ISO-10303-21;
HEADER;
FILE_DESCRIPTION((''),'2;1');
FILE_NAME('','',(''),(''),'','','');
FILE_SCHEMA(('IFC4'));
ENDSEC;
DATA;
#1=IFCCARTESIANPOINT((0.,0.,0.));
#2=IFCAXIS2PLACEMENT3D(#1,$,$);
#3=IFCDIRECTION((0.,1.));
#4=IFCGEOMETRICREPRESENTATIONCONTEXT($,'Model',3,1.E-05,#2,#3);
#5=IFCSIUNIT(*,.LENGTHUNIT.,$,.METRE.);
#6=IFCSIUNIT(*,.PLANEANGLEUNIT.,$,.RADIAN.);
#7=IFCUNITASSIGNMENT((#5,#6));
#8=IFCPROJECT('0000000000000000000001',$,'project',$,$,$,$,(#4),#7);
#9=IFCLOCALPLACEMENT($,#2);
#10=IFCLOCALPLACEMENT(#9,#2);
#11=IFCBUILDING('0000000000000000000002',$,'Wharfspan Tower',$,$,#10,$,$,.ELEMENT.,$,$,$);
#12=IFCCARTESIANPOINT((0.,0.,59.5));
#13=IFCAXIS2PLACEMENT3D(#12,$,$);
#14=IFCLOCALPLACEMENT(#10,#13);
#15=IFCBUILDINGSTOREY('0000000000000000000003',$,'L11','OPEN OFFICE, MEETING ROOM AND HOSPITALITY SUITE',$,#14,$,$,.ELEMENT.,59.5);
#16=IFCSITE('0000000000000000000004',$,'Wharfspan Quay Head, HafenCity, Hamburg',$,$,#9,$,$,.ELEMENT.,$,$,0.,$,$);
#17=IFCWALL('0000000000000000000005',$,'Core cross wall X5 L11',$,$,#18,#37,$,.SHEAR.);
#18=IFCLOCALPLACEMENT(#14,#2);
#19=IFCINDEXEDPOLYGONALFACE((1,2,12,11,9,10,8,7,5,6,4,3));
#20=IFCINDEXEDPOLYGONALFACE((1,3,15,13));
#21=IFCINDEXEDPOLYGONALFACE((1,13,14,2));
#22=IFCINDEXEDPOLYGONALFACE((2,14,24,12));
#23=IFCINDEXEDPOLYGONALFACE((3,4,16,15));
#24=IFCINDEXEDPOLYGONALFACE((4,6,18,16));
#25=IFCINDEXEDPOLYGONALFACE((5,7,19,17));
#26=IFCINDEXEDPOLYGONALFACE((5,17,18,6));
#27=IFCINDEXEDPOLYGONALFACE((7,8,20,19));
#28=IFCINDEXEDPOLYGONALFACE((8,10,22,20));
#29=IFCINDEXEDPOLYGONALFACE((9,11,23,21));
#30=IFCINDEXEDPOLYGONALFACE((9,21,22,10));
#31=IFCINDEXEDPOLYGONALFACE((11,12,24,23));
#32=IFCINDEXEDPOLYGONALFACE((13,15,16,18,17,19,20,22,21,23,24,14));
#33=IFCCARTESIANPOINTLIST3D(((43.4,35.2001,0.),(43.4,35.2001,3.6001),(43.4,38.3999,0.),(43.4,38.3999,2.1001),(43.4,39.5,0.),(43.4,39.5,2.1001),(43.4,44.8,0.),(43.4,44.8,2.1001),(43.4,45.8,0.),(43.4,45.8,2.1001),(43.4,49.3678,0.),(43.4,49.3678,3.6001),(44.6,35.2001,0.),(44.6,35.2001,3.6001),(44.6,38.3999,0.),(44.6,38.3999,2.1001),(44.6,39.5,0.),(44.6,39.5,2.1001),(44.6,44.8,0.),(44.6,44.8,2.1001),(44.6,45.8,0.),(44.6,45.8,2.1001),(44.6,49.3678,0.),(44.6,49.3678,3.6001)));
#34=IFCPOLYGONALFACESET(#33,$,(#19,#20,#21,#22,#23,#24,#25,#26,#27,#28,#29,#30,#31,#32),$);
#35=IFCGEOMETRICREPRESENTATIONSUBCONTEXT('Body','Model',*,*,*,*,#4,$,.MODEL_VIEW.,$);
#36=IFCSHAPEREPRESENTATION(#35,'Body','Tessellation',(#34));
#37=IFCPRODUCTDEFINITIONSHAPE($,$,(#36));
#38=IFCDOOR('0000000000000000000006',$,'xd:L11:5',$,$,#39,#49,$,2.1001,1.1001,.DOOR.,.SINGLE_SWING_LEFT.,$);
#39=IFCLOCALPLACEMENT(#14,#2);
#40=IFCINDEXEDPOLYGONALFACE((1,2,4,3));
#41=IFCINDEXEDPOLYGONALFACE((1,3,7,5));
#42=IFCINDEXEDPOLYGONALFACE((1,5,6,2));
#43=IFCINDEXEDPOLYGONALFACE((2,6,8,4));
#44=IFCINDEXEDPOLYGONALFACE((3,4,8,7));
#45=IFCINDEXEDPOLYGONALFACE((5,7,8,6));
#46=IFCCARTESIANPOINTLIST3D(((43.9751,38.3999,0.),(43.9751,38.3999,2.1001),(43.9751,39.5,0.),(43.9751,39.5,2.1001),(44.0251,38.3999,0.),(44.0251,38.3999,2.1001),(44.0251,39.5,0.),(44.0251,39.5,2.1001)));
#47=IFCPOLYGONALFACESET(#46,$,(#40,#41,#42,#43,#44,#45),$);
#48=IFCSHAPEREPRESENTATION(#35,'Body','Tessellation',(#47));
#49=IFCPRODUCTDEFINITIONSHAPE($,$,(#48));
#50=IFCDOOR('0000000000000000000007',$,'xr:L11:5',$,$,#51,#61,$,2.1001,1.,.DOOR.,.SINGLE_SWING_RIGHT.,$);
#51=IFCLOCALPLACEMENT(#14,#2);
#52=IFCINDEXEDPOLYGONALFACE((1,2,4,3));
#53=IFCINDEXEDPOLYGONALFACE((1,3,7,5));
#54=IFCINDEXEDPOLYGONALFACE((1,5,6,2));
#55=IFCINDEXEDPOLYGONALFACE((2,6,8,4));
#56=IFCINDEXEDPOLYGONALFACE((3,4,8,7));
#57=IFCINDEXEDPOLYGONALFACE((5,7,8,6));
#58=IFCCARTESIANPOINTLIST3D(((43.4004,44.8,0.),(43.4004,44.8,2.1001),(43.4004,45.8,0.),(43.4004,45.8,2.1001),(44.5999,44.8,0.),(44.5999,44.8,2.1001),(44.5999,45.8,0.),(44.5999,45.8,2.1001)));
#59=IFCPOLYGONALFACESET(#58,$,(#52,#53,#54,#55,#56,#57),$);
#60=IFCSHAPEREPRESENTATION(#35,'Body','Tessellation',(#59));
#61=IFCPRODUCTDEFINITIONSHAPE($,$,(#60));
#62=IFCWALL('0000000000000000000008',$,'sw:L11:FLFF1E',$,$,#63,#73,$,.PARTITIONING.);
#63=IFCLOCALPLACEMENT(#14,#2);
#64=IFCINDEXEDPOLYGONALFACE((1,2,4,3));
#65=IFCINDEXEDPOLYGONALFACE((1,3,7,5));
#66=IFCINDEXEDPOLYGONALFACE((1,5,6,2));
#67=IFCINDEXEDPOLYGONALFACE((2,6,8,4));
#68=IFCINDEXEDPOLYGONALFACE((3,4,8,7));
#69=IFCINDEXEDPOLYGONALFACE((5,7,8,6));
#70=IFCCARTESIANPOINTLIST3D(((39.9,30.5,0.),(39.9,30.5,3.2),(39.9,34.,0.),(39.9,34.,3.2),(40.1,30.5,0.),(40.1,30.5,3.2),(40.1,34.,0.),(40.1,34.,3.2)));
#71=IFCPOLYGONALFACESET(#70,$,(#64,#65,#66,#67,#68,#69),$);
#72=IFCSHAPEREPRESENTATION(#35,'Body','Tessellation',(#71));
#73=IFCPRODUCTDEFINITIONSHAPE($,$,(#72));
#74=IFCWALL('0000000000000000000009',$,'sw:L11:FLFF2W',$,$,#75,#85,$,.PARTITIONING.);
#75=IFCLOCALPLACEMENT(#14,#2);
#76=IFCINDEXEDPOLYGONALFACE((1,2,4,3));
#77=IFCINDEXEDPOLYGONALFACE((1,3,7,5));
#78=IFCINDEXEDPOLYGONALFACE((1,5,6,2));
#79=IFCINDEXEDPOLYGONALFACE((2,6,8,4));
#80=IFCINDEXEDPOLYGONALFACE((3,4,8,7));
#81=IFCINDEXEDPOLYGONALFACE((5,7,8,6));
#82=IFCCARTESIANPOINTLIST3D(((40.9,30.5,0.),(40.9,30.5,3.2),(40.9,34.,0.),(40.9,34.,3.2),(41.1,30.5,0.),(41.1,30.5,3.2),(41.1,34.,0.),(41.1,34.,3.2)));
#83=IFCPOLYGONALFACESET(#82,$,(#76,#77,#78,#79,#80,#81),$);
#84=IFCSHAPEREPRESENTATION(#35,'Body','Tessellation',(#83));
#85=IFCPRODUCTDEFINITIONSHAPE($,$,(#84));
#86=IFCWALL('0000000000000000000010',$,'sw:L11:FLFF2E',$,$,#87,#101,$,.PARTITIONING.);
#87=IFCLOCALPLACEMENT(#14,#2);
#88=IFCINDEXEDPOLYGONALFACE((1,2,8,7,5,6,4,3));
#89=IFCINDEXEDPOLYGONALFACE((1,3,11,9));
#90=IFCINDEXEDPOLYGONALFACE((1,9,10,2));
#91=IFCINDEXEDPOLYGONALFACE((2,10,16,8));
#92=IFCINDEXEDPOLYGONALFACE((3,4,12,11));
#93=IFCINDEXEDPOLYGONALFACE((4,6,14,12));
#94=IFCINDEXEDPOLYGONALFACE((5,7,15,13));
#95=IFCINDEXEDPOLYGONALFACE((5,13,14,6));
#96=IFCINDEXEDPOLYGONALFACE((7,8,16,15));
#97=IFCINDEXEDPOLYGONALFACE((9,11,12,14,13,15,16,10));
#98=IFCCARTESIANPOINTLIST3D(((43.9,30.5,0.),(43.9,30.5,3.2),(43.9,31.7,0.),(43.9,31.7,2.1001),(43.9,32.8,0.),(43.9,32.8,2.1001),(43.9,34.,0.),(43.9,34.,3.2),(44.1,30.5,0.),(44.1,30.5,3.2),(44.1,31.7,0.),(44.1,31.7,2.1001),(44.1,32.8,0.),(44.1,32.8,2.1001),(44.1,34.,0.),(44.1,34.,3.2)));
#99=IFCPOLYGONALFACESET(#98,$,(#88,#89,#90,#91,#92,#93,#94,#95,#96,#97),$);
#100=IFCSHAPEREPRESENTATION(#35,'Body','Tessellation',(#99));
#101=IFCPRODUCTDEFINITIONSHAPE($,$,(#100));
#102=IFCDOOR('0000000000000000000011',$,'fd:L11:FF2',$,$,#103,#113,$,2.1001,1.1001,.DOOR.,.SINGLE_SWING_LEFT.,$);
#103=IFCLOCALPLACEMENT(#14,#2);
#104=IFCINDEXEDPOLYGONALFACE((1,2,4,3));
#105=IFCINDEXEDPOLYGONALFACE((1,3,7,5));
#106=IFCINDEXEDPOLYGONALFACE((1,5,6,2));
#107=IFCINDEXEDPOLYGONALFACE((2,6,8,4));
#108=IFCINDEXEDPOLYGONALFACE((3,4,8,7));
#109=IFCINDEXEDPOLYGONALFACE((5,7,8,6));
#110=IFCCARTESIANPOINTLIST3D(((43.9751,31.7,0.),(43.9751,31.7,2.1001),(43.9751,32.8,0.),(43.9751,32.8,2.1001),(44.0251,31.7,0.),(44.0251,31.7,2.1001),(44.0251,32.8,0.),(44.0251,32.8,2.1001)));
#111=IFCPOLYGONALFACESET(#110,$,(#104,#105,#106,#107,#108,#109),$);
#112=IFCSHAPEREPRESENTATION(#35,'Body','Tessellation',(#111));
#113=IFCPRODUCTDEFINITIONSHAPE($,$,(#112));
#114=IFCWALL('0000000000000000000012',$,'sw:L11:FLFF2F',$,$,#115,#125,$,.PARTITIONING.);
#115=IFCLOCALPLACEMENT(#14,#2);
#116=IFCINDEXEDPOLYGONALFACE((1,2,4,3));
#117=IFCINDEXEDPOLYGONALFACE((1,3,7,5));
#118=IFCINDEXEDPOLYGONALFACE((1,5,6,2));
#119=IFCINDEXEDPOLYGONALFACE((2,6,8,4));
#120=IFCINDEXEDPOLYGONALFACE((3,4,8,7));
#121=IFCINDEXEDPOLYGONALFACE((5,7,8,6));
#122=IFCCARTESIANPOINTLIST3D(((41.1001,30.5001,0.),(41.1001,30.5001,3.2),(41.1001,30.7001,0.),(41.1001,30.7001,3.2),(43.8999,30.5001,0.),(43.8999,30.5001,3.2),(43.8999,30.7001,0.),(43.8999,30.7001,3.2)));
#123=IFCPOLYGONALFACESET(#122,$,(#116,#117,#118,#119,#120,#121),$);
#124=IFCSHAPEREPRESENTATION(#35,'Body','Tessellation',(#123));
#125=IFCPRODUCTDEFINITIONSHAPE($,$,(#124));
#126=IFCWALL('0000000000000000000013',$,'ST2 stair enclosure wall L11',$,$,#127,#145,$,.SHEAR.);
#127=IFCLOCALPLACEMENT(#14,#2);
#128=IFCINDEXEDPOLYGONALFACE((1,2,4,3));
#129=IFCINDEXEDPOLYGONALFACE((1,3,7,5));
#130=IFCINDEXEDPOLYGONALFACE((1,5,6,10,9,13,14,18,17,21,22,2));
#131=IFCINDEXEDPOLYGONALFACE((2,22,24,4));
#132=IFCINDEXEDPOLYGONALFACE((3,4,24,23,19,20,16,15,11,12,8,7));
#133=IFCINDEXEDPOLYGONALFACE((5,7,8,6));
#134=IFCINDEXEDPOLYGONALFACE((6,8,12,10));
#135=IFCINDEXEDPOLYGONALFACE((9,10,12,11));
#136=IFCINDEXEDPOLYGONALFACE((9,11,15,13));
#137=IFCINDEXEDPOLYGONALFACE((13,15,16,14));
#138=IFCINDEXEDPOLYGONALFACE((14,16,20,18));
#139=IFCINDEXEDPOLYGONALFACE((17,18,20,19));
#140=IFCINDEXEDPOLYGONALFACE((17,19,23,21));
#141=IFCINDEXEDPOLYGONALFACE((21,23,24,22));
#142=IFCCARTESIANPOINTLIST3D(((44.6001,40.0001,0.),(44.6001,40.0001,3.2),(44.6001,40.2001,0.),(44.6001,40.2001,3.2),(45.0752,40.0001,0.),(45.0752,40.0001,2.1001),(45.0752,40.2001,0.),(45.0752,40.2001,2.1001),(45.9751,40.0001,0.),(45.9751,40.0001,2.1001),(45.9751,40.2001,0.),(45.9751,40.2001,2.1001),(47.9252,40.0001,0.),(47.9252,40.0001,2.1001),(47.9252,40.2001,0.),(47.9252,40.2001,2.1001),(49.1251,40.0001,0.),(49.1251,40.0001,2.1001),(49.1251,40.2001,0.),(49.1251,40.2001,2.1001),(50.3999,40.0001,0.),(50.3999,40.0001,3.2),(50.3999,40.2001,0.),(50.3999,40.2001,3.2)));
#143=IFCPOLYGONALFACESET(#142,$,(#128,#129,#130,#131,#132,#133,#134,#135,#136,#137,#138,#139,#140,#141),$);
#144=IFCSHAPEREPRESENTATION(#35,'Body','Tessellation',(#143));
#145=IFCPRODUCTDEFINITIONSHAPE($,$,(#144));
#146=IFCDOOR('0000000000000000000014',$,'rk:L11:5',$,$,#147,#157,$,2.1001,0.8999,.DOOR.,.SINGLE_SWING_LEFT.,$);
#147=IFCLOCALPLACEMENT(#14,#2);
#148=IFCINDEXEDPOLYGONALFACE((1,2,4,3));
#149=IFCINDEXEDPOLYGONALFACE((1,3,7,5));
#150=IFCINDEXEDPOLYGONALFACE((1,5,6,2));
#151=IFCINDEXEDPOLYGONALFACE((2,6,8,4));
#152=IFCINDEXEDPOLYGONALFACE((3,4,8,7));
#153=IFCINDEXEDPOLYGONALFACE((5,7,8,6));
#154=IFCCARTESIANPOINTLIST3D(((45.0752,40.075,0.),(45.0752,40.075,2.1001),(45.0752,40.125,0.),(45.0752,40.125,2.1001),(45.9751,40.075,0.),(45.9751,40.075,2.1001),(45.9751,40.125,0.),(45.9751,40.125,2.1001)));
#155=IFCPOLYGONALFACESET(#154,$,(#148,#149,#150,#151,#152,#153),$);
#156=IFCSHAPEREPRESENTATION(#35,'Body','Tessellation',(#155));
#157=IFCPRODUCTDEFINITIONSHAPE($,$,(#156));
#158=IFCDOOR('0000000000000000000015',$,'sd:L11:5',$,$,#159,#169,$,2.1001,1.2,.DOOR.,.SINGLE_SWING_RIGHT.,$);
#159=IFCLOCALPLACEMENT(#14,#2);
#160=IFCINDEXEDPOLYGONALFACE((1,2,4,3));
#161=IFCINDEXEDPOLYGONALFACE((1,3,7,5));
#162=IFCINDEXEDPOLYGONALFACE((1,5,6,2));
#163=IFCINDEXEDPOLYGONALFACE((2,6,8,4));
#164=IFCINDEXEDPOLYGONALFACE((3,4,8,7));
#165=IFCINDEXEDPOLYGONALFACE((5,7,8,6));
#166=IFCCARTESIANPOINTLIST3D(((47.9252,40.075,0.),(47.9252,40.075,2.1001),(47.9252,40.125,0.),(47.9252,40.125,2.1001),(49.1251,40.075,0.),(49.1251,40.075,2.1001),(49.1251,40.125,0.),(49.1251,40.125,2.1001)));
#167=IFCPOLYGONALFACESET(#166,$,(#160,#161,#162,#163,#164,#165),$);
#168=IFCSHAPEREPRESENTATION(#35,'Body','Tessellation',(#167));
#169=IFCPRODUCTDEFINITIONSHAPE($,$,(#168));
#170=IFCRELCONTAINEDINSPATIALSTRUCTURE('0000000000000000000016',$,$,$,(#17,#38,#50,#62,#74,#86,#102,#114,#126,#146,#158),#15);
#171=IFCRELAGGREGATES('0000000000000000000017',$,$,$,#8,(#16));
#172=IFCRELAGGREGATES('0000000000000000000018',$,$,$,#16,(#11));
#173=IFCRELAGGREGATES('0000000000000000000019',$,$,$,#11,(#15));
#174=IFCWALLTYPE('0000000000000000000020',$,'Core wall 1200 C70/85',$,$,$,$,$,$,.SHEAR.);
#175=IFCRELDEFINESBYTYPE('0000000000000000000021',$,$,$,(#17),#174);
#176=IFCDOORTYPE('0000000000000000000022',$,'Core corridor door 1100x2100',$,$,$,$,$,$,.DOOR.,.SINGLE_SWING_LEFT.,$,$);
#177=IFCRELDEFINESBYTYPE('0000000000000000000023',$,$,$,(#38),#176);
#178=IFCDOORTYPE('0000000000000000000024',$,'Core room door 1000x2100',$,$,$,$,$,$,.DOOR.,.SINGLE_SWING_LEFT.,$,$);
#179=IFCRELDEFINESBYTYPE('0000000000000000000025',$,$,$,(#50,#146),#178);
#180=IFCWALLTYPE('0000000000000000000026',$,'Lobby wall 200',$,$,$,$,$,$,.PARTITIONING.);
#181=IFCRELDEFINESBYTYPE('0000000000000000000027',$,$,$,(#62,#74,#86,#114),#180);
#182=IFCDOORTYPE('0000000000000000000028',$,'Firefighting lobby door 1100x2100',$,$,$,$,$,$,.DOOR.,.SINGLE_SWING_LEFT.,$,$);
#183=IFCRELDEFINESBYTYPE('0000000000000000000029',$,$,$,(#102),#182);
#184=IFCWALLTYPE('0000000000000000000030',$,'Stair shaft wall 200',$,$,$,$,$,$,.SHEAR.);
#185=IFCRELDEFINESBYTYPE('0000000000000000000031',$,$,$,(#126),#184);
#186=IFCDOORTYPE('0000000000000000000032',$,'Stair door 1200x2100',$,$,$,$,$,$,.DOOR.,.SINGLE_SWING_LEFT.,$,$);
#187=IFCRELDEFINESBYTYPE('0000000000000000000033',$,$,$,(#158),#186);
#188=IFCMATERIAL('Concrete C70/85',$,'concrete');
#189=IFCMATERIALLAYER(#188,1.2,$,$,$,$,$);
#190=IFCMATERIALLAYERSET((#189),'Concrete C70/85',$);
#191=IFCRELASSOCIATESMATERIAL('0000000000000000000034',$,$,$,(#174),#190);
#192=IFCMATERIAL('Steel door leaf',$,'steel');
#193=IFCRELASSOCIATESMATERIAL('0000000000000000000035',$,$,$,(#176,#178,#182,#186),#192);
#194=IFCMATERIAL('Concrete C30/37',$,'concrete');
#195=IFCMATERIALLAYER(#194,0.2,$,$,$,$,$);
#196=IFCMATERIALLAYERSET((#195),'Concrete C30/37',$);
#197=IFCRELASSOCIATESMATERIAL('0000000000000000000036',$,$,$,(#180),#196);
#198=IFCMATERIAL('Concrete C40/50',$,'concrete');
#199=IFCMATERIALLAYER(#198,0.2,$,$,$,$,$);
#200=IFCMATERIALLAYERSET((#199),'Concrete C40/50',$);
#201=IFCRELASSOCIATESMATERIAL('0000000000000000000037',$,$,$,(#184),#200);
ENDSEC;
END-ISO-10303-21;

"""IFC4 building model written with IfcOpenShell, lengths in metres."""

from ifc_helpers import new_model, si_unit, direction, frame, frame_2d, origin, place, context, subcontext, project, spatial, rectangle, extrude, material, layer, layer_set, type_object, element, fill, save


model = new_model("IFC4")

# Units and contexts
model_context = context("Model", 3, precision=1e-05, world=origin(), true_north=direction((0.0, 1.0)))
body_context = subcontext(model_context, "Body", "Model", "MODEL_VIEW")
ifc_project = project(units=[si_unit("LENGTHUNIT", "METRE"), si_unit("PLANEANGLEUNIT", "RADIAN")], contexts=[model_context])

# Site, building, storey
site_placement = place(None, origin())
site = spatial("IfcSite", under=ifc_project, at=site_placement, Name="Wharfspan Quay Head, HafenCity, Hamburg", CompositionType="ELEMENT", RefElevation=0.0)
building_placement = place(site_placement, origin())
building = spatial("IfcBuilding", under=site, at=building_placement, Name="Wharfspan Tower", CompositionType="ELEMENT")
storey_placement = place(building_placement, frame((0.0, 0.0, 59.5)))
storey = spatial("IfcBuildingStorey", under=building, at=storey_placement, Name="L11", Description="OPEN OFFICE, MEETING ROOM AND HOSPITALITY SUITE", CompositionType="ELEMENT", Elevation=59.5)

# Wall, openings, doors
ifc_material_1 = material(Name="Concrete C70/85", Category="concrete")
ifc_layer_1 = layer(ifc_material_1, 1.2)
ifc_layer_set_1 = layer_set([ifc_layer_1], Name="Concrete C70/85")
wall_type_1 = type_object("IfcWallType", Name="Core wall 1200 C70/85", PredefinedType="SHEAR", material=ifc_layer_set_1)
wall_1_placement = place(storey_placement, frame((44.0, 35.2, 0.0), z_axis=(0.0, 0.0, 1.0), x_axis=(0.0, 1.0, 0.0)))
wall_1 = element("IfcWall", 1, at=wall_1_placement, inside=storey, type_object=wall_type_1, Name="Core cross wall X5 L11", PredefinedType="SHEAR", context=body_context, shape_type="SweptSolid", body=[
    extrude(rectangle(XDim=14.1677, YDim=1.2, at=frame_2d((7.084, 0.0))), origin(), (0.0, 0.0, 1.0), 3.6001),
])
opening_1_placement = place(wall_1_placement, frame((3.2, 0.0, 0.0)))
opening_1 = element("IfcOpeningElement", 2, at=opening_1_placement, cuts=wall_1, PredefinedType="OPENING", context=body_context, shape_type="SweptSolid", body=[
    extrude(rectangle(XDim=1.1001, YDim=2.1001, at=frame_2d((0.55, 1.05))), frame((0.0, 0.6099, 0.0), z_axis=(0.0, -1.0, 0.0), x_axis=(1.0, 0.0, 0.0)), (0.0, 0.0, 1.0), 1.22),
])
opening_2_placement = place(wall_1_placement, frame((9.6001, 0.0, 0.0)))
opening_2 = element("IfcOpeningElement", 3, at=opening_2_placement, cuts=wall_1, PredefinedType="OPENING", context=body_context, shape_type="SweptSolid", body=[
    extrude(rectangle(XDim=1.0, YDim=2.1001, at=frame_2d((0.5, 1.05))), frame((0.0, 0.6099, 0.0), z_axis=(0.0, -1.0, 0.0), x_axis=(1.0, 0.0, 0.0)), (0.0, 0.0, 1.0), 1.22),
])
ifc_material_2 = material(Name="Steel door leaf", Category="steel")
door_type_1 = type_object("IfcDoorType", Name="Core corridor door 1100x2100", OperationType="SINGLE_SWING_LEFT", PredefinedType="DOOR", material=ifc_material_2)
door_1_placement = place(opening_1_placement, origin())
door_1 = element("IfcDoor", 4, at=door_1_placement, inside=storey, type_object=door_type_1, Name="xd:L11:5", OperationType="SINGLE_SWING_LEFT", OverallHeight=2.1001, OverallWidth=1.1001, PredefinedType="DOOR", context=body_context, shape_type="SweptSolid", body=[
    extrude(rectangle(XDim=1.1001, YDim=2.1001, at=frame_2d((0.55, 1.05))), frame((0.0, 0.0249, 0.0), z_axis=(0.0, -1.0, 0.0), x_axis=(1.0, 0.0, 0.0)), (0.0, 0.0, 1.0), 0.05),
])
fill(opening_1, door_1)
door_type_2 = type_object("IfcDoorType", Name="Core room door 1000x2100", OperationType="SINGLE_SWING_LEFT", PredefinedType="DOOR", material=ifc_material_2)
door_2_placement = place(opening_2_placement, origin())
door_2 = element("IfcDoor", 5, at=door_2_placement, inside=storey, type_object=door_type_2, Name="xr:L11:5", OperationType="SINGLE_SWING_RIGHT", OverallHeight=2.1001, OverallWidth=1.0, PredefinedType="DOOR", context=body_context, shape_type="SweptSolid", body=[
    extrude(rectangle(XDim=1.0, YDim=2.1001, at=frame_2d((0.5, 1.05))), frame((0.0, 0.5996, 0.0), z_axis=(0.0, -1.0, 0.0), x_axis=(1.0, 0.0, 0.0)), (0.0, 0.0, 1.0), 1.1995),
])
fill(opening_2, door_2)

# Walls
ifc_material_3 = material(Name="Concrete C30/37", Category="concrete")
ifc_layer_2 = layer(ifc_material_3, 0.2)
ifc_layer_set_2 = layer_set([ifc_layer_2], Name="Concrete C30/37")
wall_type_2 = type_object("IfcWallType", Name="Lobby wall 200", PredefinedType="PARTITIONING", material=ifc_layer_set_2)
for number, where, z_axis, x_axis, name in (
    (6, (40.0, 30.5, 0.0), (0.0, 0.0, 1.0), (0.0, 1.0, 0.0), "sw:L11:FLFF1E"),
    (7, (41.0, 30.5, 0.0), (0.0, 0.0, 1.0), (0.0, 1.0, 0.0), "sw:L11:FLFF2W"),
):
    element("IfcWall", number, at=place(storey_placement, frame(where, z_axis=z_axis, x_axis=x_axis)), inside=storey, type_object=wall_type_2, Name=name, PredefinedType="PARTITIONING", context=body_context, shape_type="SweptSolid", body=[
        extrude(rectangle(XDim=3.5, YDim=0.2, at=frame_2d((1.75, 0.0))), origin(), (0.0, 0.0, 1.0), 3.2),
    ])

# Wall, opening, door
wall_2_placement = place(storey_placement, frame((44.0, 30.5, 0.0), z_axis=(0.0, 0.0, 1.0), x_axis=(0.0, 1.0, 0.0)))
wall_2 = element("IfcWall", 8, at=wall_2_placement, inside=storey, type_object=wall_type_2, Name="sw:L11:FLFF2E", PredefinedType="PARTITIONING", context=body_context, shape_type="SweptSolid", body=[
    extrude(rectangle(XDim=3.5, YDim=0.2, at=frame_2d((1.75, 0.0))), origin(), (0.0, 0.0, 1.0), 3.2),
])
opening_3_placement = place(wall_2_placement, frame((1.2, 0.0, 0.0)))
opening_3 = element("IfcOpeningElement", 9, at=opening_3_placement, cuts=wall_2, PredefinedType="OPENING", context=body_context, shape_type="SweptSolid", body=[
    extrude(rectangle(XDim=1.1001, YDim=2.1001, at=frame_2d((0.55, 1.05))), frame((0.0, 0.1099, 0.0), z_axis=(0.0, -1.0, 0.0), x_axis=(1.0, 0.0, 0.0)), (0.0, 0.0, 1.0), 0.22),
])
door_type_3 = type_object("IfcDoorType", Name="Firefighting lobby door 1100x2100", OperationType="SINGLE_SWING_LEFT", PredefinedType="DOOR", material=ifc_material_2)
door_3_placement = place(opening_3_placement, origin())
door_3 = element("IfcDoor", 10, at=door_3_placement, inside=storey, type_object=door_type_3, Name="fd:L11:FF2", OperationType="SINGLE_SWING_LEFT", OverallHeight=2.1001, OverallWidth=1.1001, PredefinedType="DOOR", context=body_context, shape_type="SweptSolid", body=[
    extrude(rectangle(XDim=1.1001, YDim=2.1001, at=frame_2d((0.55, 1.05))), frame((0.0, 0.0249, 0.0), z_axis=(0.0, -1.0, 0.0), x_axis=(1.0, 0.0, 0.0)), (0.0, 0.0, 1.0), 0.05),
])
fill(opening_3, door_3)

# Wall
wall_3_placement = place(storey_placement, frame((41.1001, 30.6001, 0.0), z_axis=(0.0, 0.0, 1.0), x_axis=(1.0, 0.0, 0.0)))
element("IfcWall", 11, at=wall_3_placement, inside=storey, type_object=wall_type_2, Name="sw:L11:FLFF2F", PredefinedType="PARTITIONING", context=body_context, shape_type="SweptSolid", body=[
    extrude(rectangle(XDim=2.7998, YDim=0.2, at=frame_2d((1.3999, 0.0))), origin(), (0.0, 0.0, 1.0), 3.2),
])

# Wall, openings, doors
ifc_material_4 = material(Name="Concrete C40/50", Category="concrete")
ifc_layer_3 = layer(ifc_material_4, 0.2)
ifc_layer_set_3 = layer_set([ifc_layer_3], Name="Concrete C40/50")
wall_type_3 = type_object("IfcWallType", Name="Stair shaft wall 200", PredefinedType="SHEAR", material=ifc_layer_set_3)
wall_4_placement = place(storey_placement, frame((44.6001, 40.1001, 0.0), z_axis=(0.0, 0.0, 1.0), x_axis=(1.0, 0.0, 0.0)))
wall_4 = element("IfcWall", 12, at=wall_4_placement, inside=storey, type_object=wall_type_3, Name="ST2 stair enclosure wall L11", PredefinedType="SHEAR", context=body_context, shape_type="SweptSolid", body=[
    extrude(rectangle(XDim=5.7998, YDim=0.2, at=frame_2d((2.8999, 0.0))), origin(), (0.0, 0.0, 1.0), 3.2),
])
opening_4_placement = place(wall_4_placement, frame((3.325, 0.0, 0.0)))
opening_4 = element("IfcOpeningElement", 13, at=opening_4_placement, cuts=wall_4, PredefinedType="OPENING", context=body_context, shape_type="SweptSolid", body=[
    extrude(rectangle(XDim=1.2, YDim=2.1001, at=frame_2d((0.6001, 1.05))), frame((0.0, 0.1099, 0.0), z_axis=(0.0, -1.0, 0.0), x_axis=(1.0, 0.0, 0.0)), (0.0, 0.0, 1.0), 0.22),
])
opening_5_placement = place(wall_4_placement, frame((0.4751, 0.0, 0.0)))
opening_5 = element("IfcOpeningElement", 14, at=opening_5_placement, cuts=wall_4, PredefinedType="OPENING", context=body_context, shape_type="SweptSolid", body=[
    extrude(rectangle(XDim=0.8999, YDim=2.1001, at=frame_2d((0.45, 1.05))), frame((0.0, 0.1099, 0.0), z_axis=(0.0, -1.0, 0.0), x_axis=(1.0, 0.0, 0.0)), (0.0, 0.0, 1.0), 0.22),
])
door_4_placement = place(opening_5_placement, origin())
door_4 = element("IfcDoor", 15, at=door_4_placement, inside=storey, type_object=door_type_2, Name="rk:L11:5", OperationType="SINGLE_SWING_LEFT", OverallHeight=2.1001, OverallWidth=0.8999, PredefinedType="DOOR", context=body_context, shape_type="SweptSolid", body=[
    extrude(rectangle(XDim=0.8999, YDim=2.1001, at=frame_2d((0.45, 1.05))), frame((0.0, 0.0249, 0.0), z_axis=(0.0, -1.0, 0.0), x_axis=(1.0, 0.0, 0.0)), (0.0, 0.0, 1.0), 0.05),
])
fill(opening_5, door_4)
door_type_4 = type_object("IfcDoorType", Name="Stair door 1200x2100", OperationType="SINGLE_SWING_LEFT", PredefinedType="DOOR", material=ifc_material_2)
door_5_placement = place(opening_4_placement, origin())
door_5 = element("IfcDoor", 16, at=door_5_placement, inside=storey, type_object=door_type_4, Name="sd:L11:5", OperationType="SINGLE_SWING_RIGHT", OverallHeight=2.1001, OverallWidth=1.2, PredefinedType="DOOR", context=body_context, shape_type="SweptSolid", body=[
    extrude(rectangle(XDim=1.2, YDim=2.1001, at=frame_2d((0.6001, 1.05))), frame((0.0, 0.0249, 0.0), z_axis=(0.0, -1.0, 0.0), x_axis=(1.0, 0.0, 0.0)), (0.0, 0.0, 1.0), 0.05),
])
fill(opening_4, door_5)

save(model, "model.ifc")
